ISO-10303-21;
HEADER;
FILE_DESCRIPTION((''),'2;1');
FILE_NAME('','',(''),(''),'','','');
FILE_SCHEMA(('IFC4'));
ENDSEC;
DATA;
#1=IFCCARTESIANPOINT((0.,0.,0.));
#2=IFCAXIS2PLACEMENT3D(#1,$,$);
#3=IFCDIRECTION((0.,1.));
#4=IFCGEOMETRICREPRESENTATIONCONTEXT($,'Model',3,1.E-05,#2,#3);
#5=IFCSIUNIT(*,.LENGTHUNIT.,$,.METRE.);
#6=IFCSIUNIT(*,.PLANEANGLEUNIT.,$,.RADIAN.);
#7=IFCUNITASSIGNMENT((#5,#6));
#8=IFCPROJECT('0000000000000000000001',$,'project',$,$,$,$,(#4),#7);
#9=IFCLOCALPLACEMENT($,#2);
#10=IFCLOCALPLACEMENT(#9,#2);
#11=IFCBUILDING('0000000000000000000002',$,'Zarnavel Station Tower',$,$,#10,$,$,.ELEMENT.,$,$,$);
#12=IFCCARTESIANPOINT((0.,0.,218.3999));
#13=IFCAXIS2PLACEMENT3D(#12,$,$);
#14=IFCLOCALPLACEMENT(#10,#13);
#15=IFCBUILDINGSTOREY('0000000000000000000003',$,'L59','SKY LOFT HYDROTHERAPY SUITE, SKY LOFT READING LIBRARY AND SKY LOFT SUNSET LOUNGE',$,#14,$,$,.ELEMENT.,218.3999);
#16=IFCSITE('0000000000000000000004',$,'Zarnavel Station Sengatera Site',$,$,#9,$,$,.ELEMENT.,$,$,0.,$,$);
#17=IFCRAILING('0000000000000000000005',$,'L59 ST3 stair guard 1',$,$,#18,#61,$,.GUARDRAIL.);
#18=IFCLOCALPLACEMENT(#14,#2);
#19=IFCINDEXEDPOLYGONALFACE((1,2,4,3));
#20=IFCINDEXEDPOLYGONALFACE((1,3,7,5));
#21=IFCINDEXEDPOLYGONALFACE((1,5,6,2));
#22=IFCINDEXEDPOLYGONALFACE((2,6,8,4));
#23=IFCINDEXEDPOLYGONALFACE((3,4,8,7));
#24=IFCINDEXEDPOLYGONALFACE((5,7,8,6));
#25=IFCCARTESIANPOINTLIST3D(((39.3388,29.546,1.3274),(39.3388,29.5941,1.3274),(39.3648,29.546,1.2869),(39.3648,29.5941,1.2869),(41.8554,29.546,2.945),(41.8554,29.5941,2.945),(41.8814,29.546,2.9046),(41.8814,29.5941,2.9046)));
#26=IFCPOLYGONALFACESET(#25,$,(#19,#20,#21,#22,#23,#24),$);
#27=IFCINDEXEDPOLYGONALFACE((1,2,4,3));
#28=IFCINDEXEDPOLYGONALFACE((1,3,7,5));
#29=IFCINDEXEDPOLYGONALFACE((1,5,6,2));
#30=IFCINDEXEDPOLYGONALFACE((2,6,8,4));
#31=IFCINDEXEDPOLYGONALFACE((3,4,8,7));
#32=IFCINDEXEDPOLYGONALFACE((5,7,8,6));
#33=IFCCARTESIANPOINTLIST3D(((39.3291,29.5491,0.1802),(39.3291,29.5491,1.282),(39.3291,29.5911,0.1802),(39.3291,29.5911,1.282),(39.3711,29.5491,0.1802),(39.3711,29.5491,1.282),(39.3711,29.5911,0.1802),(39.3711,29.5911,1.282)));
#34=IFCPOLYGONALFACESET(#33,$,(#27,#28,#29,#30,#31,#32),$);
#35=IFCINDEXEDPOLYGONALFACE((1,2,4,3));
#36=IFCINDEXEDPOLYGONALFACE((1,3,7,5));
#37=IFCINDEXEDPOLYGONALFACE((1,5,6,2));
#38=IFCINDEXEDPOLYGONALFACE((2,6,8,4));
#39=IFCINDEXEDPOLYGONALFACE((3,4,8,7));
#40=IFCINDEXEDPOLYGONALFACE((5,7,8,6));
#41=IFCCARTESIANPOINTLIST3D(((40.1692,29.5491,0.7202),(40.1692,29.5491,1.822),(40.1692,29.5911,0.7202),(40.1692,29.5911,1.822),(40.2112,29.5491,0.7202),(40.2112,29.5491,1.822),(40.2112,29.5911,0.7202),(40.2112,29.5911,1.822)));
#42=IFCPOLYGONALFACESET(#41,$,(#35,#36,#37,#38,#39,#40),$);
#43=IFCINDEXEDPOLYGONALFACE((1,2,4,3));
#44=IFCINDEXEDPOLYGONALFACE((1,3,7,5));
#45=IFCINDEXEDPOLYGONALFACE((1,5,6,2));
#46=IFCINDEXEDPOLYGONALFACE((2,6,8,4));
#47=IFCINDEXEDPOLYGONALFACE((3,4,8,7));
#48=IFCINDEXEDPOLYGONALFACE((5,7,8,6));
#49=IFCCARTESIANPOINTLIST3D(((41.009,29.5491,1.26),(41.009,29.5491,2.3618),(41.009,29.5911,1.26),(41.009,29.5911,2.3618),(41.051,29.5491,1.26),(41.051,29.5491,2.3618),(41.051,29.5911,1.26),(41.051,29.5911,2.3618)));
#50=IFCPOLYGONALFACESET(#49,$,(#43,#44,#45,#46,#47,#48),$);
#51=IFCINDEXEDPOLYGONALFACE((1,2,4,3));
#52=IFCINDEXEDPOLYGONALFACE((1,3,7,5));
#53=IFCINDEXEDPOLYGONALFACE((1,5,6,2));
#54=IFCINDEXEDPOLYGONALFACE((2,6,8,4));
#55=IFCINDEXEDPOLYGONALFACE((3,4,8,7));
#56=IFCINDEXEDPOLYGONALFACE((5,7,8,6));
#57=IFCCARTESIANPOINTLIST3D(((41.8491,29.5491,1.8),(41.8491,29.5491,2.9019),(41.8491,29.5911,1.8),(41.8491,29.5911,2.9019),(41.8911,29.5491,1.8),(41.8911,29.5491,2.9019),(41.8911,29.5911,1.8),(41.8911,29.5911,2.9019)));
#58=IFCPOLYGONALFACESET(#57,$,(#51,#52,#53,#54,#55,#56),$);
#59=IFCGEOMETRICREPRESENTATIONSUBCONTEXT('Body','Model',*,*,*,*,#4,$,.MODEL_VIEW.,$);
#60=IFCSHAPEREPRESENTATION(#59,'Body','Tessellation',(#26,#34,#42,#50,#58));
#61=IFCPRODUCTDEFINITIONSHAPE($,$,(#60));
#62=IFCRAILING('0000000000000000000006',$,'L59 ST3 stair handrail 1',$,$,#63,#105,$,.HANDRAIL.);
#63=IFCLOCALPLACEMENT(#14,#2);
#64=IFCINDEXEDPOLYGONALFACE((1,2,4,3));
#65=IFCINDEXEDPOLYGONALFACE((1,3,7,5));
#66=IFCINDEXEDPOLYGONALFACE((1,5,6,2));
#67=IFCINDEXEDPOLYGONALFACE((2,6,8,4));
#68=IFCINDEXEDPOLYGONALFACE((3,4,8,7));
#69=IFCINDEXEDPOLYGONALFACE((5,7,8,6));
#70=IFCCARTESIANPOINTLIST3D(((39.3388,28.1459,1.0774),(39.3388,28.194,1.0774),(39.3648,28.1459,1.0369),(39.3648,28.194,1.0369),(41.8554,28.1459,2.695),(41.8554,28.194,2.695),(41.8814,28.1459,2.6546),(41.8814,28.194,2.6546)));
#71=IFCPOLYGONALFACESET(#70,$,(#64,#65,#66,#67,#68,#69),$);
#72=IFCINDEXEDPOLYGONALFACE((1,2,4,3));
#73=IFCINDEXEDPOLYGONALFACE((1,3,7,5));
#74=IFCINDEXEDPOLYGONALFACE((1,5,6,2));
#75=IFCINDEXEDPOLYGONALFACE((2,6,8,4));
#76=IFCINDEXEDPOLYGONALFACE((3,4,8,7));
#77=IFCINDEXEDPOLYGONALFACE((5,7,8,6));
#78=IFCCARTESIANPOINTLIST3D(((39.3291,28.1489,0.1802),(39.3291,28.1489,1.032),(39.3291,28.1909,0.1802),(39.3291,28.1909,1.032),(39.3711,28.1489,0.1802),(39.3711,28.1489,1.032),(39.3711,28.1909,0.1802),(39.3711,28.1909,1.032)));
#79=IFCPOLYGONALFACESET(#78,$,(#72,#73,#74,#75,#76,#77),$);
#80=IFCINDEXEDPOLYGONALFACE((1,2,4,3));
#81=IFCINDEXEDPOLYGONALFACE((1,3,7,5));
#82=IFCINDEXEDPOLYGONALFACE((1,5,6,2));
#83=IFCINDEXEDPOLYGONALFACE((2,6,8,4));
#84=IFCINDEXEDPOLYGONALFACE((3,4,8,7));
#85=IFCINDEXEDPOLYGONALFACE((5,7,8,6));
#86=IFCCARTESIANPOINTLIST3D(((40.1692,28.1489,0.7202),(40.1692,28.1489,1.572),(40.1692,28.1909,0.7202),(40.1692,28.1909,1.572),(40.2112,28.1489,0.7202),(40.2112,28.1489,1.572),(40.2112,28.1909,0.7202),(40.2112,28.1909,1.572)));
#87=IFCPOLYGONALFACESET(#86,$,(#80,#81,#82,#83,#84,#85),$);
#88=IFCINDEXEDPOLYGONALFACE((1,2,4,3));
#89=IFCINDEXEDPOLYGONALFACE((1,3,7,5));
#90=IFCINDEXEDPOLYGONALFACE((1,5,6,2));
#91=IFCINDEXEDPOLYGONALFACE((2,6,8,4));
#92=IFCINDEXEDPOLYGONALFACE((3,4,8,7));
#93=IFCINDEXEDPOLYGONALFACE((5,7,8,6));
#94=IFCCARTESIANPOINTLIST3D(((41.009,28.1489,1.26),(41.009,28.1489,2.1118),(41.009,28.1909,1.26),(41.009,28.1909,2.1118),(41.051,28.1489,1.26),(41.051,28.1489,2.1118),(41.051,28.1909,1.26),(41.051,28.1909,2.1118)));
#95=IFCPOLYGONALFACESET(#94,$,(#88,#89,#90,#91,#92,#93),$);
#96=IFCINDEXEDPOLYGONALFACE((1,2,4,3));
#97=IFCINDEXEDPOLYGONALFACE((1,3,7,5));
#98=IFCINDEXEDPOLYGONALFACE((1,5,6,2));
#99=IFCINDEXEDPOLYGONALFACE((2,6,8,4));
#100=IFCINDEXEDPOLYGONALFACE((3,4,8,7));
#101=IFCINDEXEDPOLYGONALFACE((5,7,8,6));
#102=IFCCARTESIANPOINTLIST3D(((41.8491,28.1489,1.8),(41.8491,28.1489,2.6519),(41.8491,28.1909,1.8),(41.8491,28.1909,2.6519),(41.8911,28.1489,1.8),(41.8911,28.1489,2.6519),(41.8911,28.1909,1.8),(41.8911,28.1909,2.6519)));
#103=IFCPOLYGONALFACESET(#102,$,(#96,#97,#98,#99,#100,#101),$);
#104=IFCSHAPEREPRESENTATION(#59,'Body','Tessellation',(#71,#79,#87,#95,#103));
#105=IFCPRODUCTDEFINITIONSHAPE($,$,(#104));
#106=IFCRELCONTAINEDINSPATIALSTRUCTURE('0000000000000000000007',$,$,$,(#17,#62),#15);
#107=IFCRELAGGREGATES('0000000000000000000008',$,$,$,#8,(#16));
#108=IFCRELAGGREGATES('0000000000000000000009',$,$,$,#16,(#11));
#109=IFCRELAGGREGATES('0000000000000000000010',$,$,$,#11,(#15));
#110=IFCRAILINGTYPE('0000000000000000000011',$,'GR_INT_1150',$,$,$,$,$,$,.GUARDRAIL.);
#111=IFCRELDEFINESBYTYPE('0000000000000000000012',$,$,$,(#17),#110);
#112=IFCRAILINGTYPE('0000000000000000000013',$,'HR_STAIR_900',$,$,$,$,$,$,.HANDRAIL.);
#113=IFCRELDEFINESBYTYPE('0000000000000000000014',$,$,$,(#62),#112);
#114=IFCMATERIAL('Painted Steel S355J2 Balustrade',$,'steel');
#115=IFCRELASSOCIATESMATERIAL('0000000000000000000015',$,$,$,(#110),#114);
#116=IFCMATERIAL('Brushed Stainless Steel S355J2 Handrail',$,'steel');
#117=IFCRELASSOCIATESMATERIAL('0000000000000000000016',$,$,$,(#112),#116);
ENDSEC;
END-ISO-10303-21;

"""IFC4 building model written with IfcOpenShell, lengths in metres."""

from ifc_helpers import new_model, si_unit, direction, frame, origin, origin_2d, place, context, subcontext, project, spatial, rectangle, extrude, material, type_object, element, save


model = new_model("IFC4")

# Units and contexts
model_context = context("Model", 3, precision=1e-05, world=origin(), true_north=direction((0.0, 1.0)))
body_context = subcontext(model_context, "Body", "Model", "MODEL_VIEW")
ifc_project = project(units=[si_unit("LENGTHUNIT", "METRE"), si_unit("PLANEANGLEUNIT", "RADIAN")], contexts=[model_context])

# Site, building, storey
site_placement = place(None, origin())
site = spatial("IfcSite", under=ifc_project, at=site_placement, Name="Zarnavel Station Sengatera Site", CompositionType="ELEMENT", RefElevation=0.0)
building_placement = place(site_placement, origin())
building = spatial("IfcBuilding", under=site, at=building_placement, Name="Zarnavel Station Tower", CompositionType="ELEMENT")
storey_placement = place(building_placement, frame((0.0, 0.0, 218.3999)))
storey = spatial("IfcBuildingStorey", under=building, at=storey_placement, Name="L59", Description="SKY LOFT HYDROTHERAPY SUITE, SKY LOFT READING LIBRARY AND SKY LOFT SUNSET LOUNGE", CompositionType="ELEMENT", Elevation=218.3999)

# Railings
ifc_material_1 = material(Name="Painted Steel S355J2 Balustrade", Category="steel")
railing_type_1 = type_object("IfcRailingType", Name="GR_INT_1150", PredefinedType="GUARDRAIL", material=ifc_material_1)
railing_1_placement = place(storey_placement, frame((39.3501, 29.5701, 0.1802)))
element("IfcRailing", 1, at=railing_1_placement, inside=storey, type_object=railing_type_1, Name="L59 ST3 stair guard 1", PredefinedType="GUARDRAIL", context=body_context, shape_type="SweptSolid", body=[
    extrude(rectangle(XDim=0.0481, YDim=0.0481, at=origin_2d()), frame((0.0017, 0.0, 1.127), z_axis=(0.8412, 0.0, 0.540725), x_axis=(0.0, 1.0, 0.0)), (0.0, 0.0, 1.0), 2.9917),
    extrude(rectangle(XDim=0.042, YDim=0.042, at=origin_2d()), origin(), (0.0, 0.0, 1.0), 1.1018),
    extrude(rectangle(XDim=0.042, YDim=0.042, at=origin_2d()), frame((0.8401, 0.0, 0.54)), (0.0, 0.0, 1.0), 1.1018),
    extrude(rectangle(XDim=0.042, YDim=0.042, at=origin_2d()), frame((1.6799, 0.0, 1.0798)), (0.0, 0.0, 1.0), 1.1018),
    extrude(rectangle(XDim=0.042, YDim=0.042, at=origin_2d()), frame((2.52, 0.0, 1.6199)), (0.0, 0.0, 1.0), 1.1018),
])
ifc_material_2 = material(Name="Brushed Stainless Steel S355J2 Handrail", Category="steel")
railing_type_2 = type_object("IfcRailingType", Name="HR_STAIR_900", PredefinedType="HANDRAIL", material=ifc_material_2)
railing_2_placement = place(storey_placement, frame((39.3501, 28.1699, 0.1802)))
element("IfcRailing", 2, at=railing_2_placement, inside=storey, type_object=railing_type_2, Name="L59 ST3 stair handrail 1", PredefinedType="HANDRAIL", context=body_context, shape_type="SweptSolid", body=[
    extrude(rectangle(XDim=0.0481, YDim=0.0481, at=origin_2d()), frame((0.0017, 0.0, 0.877), z_axis=(0.8412, 0.0, 0.540725), x_axis=(0.0, 1.0, 0.0)), (0.0, 0.0, 1.0), 2.9917),
    extrude(rectangle(XDim=0.042, YDim=0.042, at=origin_2d()), origin(), (0.0, 0.0, 1.0), 0.8518),
    extrude(rectangle(XDim=0.042, YDim=0.042, at=origin_2d()), frame((0.8401, 0.0, 0.54)), (0.0, 0.0, 1.0), 0.8518),
    extrude(rectangle(XDim=0.042, YDim=0.042, at=origin_2d()), frame((1.6799, 0.0, 1.0798)), (0.0, 0.0, 1.0), 0.8518),
    extrude(rectangle(XDim=0.042, YDim=0.042, at=origin_2d()), frame((2.52, 0.0, 1.6199)), (0.0, 0.0, 1.0), 0.8518),
])

save(model, "model.ifc")
